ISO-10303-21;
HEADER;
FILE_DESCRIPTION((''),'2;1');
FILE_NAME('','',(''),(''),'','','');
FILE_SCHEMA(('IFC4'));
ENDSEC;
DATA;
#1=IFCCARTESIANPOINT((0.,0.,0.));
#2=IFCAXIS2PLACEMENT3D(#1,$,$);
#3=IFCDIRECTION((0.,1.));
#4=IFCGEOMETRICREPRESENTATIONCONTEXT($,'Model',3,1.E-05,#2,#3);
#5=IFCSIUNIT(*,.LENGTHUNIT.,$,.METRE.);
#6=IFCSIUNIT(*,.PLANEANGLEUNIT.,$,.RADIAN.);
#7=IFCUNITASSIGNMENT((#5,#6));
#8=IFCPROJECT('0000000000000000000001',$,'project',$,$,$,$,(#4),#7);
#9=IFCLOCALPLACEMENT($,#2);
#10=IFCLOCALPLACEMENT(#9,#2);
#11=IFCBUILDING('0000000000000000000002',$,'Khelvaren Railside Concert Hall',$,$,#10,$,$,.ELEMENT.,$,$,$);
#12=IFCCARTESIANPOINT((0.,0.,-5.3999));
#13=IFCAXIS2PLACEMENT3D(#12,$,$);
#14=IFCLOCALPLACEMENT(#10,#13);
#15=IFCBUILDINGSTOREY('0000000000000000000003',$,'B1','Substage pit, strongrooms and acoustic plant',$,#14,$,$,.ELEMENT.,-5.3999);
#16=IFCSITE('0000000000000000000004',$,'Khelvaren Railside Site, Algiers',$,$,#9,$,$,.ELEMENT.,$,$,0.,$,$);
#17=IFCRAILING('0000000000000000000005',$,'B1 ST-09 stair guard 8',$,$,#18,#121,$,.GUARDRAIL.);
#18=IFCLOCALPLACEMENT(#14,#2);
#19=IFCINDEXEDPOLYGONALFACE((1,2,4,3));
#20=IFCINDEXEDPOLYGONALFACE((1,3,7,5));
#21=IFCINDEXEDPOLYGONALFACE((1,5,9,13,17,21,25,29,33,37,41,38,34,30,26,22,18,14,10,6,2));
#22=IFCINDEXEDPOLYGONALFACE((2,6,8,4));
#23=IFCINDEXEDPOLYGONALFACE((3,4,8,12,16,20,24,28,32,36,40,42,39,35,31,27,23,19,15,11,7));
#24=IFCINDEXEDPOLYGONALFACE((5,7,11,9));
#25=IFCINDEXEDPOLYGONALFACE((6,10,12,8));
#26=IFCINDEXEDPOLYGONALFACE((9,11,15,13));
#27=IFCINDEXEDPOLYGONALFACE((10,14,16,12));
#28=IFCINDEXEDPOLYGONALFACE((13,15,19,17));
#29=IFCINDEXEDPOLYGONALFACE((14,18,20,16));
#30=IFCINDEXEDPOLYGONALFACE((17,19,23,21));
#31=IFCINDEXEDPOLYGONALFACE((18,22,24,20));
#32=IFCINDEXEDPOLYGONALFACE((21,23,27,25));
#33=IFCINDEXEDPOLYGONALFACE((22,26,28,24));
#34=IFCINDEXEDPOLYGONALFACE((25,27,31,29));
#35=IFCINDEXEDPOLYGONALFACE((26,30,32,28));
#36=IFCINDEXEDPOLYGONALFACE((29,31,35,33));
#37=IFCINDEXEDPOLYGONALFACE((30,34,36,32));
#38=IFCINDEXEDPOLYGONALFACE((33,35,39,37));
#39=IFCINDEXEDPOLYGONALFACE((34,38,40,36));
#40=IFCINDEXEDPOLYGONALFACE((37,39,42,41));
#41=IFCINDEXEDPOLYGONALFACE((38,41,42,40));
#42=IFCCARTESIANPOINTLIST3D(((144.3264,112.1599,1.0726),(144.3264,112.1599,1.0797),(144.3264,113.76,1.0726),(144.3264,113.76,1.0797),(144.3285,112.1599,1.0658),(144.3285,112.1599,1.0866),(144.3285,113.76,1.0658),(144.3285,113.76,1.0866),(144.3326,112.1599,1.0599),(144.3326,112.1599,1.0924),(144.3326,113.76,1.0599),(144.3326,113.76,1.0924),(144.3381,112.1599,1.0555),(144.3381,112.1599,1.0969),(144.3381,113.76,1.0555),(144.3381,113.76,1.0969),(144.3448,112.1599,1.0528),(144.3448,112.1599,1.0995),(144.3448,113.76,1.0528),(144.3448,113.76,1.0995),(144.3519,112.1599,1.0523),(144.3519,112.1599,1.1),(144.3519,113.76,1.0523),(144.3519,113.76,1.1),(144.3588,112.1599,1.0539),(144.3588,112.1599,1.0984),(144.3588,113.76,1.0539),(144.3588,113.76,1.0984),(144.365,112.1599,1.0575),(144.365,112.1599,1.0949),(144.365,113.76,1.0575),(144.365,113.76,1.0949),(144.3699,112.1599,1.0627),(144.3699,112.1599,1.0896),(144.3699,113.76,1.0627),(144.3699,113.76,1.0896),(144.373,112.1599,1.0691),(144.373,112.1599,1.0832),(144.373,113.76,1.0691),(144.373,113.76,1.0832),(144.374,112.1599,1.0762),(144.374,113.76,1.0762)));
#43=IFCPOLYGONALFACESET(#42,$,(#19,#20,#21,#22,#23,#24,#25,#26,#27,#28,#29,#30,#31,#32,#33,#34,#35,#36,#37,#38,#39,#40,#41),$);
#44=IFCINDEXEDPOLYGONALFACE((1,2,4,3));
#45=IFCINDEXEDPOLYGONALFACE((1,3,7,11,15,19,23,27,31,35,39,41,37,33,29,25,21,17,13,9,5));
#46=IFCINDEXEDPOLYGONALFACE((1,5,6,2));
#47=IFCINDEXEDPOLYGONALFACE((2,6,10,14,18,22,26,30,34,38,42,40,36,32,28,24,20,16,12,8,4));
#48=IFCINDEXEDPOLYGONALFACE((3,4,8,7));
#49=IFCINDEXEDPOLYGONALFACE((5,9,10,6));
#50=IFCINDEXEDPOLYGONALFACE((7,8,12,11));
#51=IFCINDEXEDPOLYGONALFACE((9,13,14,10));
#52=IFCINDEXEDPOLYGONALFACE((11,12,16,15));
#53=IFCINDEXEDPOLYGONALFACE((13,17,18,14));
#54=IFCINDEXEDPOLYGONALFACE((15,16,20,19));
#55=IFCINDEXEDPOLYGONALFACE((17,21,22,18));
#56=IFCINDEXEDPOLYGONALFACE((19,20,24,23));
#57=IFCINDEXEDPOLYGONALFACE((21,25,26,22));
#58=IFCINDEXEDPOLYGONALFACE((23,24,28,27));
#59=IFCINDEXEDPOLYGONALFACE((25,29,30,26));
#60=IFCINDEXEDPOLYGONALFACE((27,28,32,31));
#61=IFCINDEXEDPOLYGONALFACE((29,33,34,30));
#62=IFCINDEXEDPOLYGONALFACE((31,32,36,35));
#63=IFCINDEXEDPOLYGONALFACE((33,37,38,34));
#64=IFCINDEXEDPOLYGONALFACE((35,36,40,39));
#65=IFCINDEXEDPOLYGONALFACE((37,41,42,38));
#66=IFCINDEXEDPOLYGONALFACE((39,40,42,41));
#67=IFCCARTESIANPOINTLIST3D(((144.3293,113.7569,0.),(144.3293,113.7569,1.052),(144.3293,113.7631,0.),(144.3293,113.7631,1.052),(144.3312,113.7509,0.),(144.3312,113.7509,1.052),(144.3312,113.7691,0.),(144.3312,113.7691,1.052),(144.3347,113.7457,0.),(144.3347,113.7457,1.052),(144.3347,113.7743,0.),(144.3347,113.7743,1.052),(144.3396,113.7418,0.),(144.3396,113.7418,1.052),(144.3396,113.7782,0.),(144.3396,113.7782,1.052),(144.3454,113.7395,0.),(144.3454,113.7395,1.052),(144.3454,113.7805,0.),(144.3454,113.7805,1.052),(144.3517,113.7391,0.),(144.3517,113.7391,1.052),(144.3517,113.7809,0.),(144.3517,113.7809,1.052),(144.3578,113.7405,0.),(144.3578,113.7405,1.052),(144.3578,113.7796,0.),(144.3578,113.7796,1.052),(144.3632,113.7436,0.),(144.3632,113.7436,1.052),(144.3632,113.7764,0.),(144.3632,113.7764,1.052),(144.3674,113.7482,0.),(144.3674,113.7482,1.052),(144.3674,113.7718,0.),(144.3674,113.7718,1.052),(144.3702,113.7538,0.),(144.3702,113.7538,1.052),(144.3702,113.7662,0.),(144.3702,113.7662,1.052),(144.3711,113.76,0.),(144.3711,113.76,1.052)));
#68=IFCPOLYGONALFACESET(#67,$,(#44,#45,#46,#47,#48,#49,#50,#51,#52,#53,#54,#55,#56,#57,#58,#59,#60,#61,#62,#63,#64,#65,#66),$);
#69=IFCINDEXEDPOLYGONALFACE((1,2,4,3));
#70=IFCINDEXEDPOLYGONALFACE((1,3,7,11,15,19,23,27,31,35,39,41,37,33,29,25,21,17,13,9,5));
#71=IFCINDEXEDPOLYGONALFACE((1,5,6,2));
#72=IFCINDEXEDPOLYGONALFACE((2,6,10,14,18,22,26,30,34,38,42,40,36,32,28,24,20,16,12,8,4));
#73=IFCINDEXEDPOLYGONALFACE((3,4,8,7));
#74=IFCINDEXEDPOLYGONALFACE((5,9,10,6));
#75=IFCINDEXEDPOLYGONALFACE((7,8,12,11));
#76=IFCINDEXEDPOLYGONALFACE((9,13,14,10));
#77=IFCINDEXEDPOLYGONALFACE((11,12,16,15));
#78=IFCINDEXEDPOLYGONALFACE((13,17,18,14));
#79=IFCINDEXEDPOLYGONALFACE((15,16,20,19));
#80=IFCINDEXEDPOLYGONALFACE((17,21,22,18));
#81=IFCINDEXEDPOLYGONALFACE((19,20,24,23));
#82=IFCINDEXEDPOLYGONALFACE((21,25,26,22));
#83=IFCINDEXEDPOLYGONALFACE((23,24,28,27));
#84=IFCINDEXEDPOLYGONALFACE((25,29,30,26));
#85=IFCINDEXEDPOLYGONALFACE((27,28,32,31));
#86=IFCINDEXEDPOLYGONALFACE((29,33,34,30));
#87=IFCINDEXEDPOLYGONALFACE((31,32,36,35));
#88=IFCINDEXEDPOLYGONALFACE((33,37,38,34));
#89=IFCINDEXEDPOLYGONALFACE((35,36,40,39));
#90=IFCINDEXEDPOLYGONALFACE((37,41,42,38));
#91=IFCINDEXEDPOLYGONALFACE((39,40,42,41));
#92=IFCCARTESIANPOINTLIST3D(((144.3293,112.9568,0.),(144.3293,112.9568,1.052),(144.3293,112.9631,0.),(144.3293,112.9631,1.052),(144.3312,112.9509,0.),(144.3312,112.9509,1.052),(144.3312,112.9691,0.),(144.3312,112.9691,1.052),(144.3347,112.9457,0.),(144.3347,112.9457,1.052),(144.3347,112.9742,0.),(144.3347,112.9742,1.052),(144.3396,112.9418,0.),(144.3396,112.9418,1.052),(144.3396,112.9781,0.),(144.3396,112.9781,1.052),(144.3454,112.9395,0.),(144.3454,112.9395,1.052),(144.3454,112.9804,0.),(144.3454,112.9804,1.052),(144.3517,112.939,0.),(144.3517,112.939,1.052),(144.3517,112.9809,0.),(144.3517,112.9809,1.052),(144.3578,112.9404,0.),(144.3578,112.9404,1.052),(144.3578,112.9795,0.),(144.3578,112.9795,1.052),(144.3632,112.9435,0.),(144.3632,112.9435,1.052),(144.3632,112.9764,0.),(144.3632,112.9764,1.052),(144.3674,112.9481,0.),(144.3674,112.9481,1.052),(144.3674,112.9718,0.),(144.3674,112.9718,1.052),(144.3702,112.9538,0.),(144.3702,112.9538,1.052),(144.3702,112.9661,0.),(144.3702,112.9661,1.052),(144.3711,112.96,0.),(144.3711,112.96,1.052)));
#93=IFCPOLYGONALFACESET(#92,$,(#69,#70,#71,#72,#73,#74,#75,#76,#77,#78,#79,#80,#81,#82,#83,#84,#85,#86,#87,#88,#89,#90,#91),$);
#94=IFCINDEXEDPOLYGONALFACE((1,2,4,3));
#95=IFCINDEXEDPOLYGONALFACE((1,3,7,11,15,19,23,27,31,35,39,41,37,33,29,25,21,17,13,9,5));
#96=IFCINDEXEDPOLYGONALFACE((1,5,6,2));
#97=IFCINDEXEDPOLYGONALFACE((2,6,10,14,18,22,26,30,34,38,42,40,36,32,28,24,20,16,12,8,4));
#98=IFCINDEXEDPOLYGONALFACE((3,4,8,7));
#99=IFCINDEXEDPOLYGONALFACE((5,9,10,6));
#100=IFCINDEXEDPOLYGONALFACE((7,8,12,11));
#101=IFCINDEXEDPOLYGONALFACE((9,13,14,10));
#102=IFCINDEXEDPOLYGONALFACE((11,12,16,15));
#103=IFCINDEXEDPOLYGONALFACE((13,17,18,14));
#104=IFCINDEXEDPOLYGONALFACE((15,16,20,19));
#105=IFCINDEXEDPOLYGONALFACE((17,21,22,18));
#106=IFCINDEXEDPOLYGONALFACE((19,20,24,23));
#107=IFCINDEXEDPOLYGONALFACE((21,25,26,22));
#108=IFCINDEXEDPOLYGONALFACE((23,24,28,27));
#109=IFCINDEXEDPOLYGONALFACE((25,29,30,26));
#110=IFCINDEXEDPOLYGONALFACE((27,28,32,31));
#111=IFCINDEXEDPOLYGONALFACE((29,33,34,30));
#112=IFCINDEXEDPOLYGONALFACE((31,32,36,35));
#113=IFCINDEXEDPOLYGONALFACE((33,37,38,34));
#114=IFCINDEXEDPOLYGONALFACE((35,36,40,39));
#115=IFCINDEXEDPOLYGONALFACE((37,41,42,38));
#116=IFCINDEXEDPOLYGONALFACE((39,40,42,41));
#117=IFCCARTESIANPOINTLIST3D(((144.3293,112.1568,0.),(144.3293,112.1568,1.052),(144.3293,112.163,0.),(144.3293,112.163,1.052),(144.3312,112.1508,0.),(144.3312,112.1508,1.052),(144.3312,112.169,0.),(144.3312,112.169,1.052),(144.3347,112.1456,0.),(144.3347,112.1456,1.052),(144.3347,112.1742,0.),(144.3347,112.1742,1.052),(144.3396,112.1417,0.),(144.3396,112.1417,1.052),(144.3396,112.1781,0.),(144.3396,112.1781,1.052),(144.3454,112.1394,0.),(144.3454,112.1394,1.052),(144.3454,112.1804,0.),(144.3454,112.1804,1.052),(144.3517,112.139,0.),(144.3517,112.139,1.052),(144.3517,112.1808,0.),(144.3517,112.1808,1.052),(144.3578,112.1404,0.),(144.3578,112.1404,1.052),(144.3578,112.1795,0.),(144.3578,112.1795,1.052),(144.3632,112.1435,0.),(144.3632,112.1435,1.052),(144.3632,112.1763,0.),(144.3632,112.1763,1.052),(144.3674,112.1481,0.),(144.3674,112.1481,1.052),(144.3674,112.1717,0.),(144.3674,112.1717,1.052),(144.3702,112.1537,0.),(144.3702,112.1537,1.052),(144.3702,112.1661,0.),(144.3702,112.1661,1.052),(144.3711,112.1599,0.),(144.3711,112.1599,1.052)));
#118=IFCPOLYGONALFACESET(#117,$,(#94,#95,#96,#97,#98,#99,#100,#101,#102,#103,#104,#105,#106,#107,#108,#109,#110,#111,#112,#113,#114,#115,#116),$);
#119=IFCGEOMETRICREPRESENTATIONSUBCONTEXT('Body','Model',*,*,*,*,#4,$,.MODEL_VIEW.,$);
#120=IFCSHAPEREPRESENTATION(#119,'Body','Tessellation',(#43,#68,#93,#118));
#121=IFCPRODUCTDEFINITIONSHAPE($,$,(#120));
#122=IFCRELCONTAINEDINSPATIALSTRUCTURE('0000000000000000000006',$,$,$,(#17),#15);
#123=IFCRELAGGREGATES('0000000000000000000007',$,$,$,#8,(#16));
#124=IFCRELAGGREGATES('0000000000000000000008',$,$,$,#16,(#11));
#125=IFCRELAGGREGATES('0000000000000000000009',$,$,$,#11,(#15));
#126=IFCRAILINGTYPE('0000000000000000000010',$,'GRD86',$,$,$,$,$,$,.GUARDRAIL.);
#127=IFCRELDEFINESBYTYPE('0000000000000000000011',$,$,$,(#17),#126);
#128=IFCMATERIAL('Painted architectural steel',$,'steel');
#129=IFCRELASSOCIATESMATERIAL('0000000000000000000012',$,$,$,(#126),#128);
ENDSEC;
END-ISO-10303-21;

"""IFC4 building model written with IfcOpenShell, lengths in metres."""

from ifc_helpers import new_model, si_unit, direction, frame, origin, origin_2d, place, context, subcontext, project, spatial, circle, extrude, material, type_object, element, save


model = new_model("IFC4")

# Units and contexts
model_context = context("Model", 3, precision=1e-05, world=origin(), true_north=direction((0.0, 1.0)))
body_context = subcontext(model_context, "Body", "Model", "MODEL_VIEW")
ifc_project = project(units=[si_unit("LENGTHUNIT", "METRE"), si_unit("PLANEANGLEUNIT", "RADIAN")], contexts=[model_context])

# Site, building, storey
site_placement = place(None, origin())
site = spatial("IfcSite", under=ifc_project, at=site_placement, Name="Khelvaren Railside Site, Algiers", CompositionType="ELEMENT", RefElevation=0.0)
building_placement = place(site_placement, origin())
building = spatial("IfcBuilding", under=site, at=building_placement, Name="Khelvaren Railside Concert Hall", CompositionType="ELEMENT")
storey_placement = place(building_placement, frame((0.0, 0.0, -5.3999)))
storey = spatial("IfcBuildingStorey", under=building, at=storey_placement, Name="B1", Description="Substage pit, strongrooms and acoustic plant", CompositionType="ELEMENT", Elevation=-5.3999)

# Railing
ifc_material_1 = material(Name="Painted architectural steel", Category="steel")
railing_type_1 = type_object("IfcRailingType", Name="GRD86", PredefinedType="GUARDRAIL", material=ifc_material_1)
railing_1_placement = place(storey_placement, frame((144.3501, 113.76, 0.0)))
element("IfcRailing", 1, at=railing_1_placement, inside=storey, type_object=railing_type_1, Name="B1 ST-09 stair guard 8", PredefinedType="GUARDRAIL", context=body_context, shape_type="SweptSolid", body=[
    extrude(circle(Radius=0.0239, at=origin_2d()), frame((0.0, 0.0, 1.0762), z_axis=(0.0, -1.0, 0.0), x_axis=(1.0, 0.0, 0.0)), (0.0, 0.0, 1.0), 1.6001),
    extrude(circle(Radius=0.021, at=origin_2d()), origin(), (0.0, 0.0, 1.0), 1.052),
    extrude(circle(Radius=0.021, at=origin_2d()), frame((0.0, -0.8, 0.0)), (0.0, 0.0, 1.0), 1.052),
    extrude(circle(Radius=0.021, at=origin_2d()), frame((0.0, -1.6001, 0.0)), (0.0, 0.0, 1.0), 1.052),
])

save(model, "model.ifc")
